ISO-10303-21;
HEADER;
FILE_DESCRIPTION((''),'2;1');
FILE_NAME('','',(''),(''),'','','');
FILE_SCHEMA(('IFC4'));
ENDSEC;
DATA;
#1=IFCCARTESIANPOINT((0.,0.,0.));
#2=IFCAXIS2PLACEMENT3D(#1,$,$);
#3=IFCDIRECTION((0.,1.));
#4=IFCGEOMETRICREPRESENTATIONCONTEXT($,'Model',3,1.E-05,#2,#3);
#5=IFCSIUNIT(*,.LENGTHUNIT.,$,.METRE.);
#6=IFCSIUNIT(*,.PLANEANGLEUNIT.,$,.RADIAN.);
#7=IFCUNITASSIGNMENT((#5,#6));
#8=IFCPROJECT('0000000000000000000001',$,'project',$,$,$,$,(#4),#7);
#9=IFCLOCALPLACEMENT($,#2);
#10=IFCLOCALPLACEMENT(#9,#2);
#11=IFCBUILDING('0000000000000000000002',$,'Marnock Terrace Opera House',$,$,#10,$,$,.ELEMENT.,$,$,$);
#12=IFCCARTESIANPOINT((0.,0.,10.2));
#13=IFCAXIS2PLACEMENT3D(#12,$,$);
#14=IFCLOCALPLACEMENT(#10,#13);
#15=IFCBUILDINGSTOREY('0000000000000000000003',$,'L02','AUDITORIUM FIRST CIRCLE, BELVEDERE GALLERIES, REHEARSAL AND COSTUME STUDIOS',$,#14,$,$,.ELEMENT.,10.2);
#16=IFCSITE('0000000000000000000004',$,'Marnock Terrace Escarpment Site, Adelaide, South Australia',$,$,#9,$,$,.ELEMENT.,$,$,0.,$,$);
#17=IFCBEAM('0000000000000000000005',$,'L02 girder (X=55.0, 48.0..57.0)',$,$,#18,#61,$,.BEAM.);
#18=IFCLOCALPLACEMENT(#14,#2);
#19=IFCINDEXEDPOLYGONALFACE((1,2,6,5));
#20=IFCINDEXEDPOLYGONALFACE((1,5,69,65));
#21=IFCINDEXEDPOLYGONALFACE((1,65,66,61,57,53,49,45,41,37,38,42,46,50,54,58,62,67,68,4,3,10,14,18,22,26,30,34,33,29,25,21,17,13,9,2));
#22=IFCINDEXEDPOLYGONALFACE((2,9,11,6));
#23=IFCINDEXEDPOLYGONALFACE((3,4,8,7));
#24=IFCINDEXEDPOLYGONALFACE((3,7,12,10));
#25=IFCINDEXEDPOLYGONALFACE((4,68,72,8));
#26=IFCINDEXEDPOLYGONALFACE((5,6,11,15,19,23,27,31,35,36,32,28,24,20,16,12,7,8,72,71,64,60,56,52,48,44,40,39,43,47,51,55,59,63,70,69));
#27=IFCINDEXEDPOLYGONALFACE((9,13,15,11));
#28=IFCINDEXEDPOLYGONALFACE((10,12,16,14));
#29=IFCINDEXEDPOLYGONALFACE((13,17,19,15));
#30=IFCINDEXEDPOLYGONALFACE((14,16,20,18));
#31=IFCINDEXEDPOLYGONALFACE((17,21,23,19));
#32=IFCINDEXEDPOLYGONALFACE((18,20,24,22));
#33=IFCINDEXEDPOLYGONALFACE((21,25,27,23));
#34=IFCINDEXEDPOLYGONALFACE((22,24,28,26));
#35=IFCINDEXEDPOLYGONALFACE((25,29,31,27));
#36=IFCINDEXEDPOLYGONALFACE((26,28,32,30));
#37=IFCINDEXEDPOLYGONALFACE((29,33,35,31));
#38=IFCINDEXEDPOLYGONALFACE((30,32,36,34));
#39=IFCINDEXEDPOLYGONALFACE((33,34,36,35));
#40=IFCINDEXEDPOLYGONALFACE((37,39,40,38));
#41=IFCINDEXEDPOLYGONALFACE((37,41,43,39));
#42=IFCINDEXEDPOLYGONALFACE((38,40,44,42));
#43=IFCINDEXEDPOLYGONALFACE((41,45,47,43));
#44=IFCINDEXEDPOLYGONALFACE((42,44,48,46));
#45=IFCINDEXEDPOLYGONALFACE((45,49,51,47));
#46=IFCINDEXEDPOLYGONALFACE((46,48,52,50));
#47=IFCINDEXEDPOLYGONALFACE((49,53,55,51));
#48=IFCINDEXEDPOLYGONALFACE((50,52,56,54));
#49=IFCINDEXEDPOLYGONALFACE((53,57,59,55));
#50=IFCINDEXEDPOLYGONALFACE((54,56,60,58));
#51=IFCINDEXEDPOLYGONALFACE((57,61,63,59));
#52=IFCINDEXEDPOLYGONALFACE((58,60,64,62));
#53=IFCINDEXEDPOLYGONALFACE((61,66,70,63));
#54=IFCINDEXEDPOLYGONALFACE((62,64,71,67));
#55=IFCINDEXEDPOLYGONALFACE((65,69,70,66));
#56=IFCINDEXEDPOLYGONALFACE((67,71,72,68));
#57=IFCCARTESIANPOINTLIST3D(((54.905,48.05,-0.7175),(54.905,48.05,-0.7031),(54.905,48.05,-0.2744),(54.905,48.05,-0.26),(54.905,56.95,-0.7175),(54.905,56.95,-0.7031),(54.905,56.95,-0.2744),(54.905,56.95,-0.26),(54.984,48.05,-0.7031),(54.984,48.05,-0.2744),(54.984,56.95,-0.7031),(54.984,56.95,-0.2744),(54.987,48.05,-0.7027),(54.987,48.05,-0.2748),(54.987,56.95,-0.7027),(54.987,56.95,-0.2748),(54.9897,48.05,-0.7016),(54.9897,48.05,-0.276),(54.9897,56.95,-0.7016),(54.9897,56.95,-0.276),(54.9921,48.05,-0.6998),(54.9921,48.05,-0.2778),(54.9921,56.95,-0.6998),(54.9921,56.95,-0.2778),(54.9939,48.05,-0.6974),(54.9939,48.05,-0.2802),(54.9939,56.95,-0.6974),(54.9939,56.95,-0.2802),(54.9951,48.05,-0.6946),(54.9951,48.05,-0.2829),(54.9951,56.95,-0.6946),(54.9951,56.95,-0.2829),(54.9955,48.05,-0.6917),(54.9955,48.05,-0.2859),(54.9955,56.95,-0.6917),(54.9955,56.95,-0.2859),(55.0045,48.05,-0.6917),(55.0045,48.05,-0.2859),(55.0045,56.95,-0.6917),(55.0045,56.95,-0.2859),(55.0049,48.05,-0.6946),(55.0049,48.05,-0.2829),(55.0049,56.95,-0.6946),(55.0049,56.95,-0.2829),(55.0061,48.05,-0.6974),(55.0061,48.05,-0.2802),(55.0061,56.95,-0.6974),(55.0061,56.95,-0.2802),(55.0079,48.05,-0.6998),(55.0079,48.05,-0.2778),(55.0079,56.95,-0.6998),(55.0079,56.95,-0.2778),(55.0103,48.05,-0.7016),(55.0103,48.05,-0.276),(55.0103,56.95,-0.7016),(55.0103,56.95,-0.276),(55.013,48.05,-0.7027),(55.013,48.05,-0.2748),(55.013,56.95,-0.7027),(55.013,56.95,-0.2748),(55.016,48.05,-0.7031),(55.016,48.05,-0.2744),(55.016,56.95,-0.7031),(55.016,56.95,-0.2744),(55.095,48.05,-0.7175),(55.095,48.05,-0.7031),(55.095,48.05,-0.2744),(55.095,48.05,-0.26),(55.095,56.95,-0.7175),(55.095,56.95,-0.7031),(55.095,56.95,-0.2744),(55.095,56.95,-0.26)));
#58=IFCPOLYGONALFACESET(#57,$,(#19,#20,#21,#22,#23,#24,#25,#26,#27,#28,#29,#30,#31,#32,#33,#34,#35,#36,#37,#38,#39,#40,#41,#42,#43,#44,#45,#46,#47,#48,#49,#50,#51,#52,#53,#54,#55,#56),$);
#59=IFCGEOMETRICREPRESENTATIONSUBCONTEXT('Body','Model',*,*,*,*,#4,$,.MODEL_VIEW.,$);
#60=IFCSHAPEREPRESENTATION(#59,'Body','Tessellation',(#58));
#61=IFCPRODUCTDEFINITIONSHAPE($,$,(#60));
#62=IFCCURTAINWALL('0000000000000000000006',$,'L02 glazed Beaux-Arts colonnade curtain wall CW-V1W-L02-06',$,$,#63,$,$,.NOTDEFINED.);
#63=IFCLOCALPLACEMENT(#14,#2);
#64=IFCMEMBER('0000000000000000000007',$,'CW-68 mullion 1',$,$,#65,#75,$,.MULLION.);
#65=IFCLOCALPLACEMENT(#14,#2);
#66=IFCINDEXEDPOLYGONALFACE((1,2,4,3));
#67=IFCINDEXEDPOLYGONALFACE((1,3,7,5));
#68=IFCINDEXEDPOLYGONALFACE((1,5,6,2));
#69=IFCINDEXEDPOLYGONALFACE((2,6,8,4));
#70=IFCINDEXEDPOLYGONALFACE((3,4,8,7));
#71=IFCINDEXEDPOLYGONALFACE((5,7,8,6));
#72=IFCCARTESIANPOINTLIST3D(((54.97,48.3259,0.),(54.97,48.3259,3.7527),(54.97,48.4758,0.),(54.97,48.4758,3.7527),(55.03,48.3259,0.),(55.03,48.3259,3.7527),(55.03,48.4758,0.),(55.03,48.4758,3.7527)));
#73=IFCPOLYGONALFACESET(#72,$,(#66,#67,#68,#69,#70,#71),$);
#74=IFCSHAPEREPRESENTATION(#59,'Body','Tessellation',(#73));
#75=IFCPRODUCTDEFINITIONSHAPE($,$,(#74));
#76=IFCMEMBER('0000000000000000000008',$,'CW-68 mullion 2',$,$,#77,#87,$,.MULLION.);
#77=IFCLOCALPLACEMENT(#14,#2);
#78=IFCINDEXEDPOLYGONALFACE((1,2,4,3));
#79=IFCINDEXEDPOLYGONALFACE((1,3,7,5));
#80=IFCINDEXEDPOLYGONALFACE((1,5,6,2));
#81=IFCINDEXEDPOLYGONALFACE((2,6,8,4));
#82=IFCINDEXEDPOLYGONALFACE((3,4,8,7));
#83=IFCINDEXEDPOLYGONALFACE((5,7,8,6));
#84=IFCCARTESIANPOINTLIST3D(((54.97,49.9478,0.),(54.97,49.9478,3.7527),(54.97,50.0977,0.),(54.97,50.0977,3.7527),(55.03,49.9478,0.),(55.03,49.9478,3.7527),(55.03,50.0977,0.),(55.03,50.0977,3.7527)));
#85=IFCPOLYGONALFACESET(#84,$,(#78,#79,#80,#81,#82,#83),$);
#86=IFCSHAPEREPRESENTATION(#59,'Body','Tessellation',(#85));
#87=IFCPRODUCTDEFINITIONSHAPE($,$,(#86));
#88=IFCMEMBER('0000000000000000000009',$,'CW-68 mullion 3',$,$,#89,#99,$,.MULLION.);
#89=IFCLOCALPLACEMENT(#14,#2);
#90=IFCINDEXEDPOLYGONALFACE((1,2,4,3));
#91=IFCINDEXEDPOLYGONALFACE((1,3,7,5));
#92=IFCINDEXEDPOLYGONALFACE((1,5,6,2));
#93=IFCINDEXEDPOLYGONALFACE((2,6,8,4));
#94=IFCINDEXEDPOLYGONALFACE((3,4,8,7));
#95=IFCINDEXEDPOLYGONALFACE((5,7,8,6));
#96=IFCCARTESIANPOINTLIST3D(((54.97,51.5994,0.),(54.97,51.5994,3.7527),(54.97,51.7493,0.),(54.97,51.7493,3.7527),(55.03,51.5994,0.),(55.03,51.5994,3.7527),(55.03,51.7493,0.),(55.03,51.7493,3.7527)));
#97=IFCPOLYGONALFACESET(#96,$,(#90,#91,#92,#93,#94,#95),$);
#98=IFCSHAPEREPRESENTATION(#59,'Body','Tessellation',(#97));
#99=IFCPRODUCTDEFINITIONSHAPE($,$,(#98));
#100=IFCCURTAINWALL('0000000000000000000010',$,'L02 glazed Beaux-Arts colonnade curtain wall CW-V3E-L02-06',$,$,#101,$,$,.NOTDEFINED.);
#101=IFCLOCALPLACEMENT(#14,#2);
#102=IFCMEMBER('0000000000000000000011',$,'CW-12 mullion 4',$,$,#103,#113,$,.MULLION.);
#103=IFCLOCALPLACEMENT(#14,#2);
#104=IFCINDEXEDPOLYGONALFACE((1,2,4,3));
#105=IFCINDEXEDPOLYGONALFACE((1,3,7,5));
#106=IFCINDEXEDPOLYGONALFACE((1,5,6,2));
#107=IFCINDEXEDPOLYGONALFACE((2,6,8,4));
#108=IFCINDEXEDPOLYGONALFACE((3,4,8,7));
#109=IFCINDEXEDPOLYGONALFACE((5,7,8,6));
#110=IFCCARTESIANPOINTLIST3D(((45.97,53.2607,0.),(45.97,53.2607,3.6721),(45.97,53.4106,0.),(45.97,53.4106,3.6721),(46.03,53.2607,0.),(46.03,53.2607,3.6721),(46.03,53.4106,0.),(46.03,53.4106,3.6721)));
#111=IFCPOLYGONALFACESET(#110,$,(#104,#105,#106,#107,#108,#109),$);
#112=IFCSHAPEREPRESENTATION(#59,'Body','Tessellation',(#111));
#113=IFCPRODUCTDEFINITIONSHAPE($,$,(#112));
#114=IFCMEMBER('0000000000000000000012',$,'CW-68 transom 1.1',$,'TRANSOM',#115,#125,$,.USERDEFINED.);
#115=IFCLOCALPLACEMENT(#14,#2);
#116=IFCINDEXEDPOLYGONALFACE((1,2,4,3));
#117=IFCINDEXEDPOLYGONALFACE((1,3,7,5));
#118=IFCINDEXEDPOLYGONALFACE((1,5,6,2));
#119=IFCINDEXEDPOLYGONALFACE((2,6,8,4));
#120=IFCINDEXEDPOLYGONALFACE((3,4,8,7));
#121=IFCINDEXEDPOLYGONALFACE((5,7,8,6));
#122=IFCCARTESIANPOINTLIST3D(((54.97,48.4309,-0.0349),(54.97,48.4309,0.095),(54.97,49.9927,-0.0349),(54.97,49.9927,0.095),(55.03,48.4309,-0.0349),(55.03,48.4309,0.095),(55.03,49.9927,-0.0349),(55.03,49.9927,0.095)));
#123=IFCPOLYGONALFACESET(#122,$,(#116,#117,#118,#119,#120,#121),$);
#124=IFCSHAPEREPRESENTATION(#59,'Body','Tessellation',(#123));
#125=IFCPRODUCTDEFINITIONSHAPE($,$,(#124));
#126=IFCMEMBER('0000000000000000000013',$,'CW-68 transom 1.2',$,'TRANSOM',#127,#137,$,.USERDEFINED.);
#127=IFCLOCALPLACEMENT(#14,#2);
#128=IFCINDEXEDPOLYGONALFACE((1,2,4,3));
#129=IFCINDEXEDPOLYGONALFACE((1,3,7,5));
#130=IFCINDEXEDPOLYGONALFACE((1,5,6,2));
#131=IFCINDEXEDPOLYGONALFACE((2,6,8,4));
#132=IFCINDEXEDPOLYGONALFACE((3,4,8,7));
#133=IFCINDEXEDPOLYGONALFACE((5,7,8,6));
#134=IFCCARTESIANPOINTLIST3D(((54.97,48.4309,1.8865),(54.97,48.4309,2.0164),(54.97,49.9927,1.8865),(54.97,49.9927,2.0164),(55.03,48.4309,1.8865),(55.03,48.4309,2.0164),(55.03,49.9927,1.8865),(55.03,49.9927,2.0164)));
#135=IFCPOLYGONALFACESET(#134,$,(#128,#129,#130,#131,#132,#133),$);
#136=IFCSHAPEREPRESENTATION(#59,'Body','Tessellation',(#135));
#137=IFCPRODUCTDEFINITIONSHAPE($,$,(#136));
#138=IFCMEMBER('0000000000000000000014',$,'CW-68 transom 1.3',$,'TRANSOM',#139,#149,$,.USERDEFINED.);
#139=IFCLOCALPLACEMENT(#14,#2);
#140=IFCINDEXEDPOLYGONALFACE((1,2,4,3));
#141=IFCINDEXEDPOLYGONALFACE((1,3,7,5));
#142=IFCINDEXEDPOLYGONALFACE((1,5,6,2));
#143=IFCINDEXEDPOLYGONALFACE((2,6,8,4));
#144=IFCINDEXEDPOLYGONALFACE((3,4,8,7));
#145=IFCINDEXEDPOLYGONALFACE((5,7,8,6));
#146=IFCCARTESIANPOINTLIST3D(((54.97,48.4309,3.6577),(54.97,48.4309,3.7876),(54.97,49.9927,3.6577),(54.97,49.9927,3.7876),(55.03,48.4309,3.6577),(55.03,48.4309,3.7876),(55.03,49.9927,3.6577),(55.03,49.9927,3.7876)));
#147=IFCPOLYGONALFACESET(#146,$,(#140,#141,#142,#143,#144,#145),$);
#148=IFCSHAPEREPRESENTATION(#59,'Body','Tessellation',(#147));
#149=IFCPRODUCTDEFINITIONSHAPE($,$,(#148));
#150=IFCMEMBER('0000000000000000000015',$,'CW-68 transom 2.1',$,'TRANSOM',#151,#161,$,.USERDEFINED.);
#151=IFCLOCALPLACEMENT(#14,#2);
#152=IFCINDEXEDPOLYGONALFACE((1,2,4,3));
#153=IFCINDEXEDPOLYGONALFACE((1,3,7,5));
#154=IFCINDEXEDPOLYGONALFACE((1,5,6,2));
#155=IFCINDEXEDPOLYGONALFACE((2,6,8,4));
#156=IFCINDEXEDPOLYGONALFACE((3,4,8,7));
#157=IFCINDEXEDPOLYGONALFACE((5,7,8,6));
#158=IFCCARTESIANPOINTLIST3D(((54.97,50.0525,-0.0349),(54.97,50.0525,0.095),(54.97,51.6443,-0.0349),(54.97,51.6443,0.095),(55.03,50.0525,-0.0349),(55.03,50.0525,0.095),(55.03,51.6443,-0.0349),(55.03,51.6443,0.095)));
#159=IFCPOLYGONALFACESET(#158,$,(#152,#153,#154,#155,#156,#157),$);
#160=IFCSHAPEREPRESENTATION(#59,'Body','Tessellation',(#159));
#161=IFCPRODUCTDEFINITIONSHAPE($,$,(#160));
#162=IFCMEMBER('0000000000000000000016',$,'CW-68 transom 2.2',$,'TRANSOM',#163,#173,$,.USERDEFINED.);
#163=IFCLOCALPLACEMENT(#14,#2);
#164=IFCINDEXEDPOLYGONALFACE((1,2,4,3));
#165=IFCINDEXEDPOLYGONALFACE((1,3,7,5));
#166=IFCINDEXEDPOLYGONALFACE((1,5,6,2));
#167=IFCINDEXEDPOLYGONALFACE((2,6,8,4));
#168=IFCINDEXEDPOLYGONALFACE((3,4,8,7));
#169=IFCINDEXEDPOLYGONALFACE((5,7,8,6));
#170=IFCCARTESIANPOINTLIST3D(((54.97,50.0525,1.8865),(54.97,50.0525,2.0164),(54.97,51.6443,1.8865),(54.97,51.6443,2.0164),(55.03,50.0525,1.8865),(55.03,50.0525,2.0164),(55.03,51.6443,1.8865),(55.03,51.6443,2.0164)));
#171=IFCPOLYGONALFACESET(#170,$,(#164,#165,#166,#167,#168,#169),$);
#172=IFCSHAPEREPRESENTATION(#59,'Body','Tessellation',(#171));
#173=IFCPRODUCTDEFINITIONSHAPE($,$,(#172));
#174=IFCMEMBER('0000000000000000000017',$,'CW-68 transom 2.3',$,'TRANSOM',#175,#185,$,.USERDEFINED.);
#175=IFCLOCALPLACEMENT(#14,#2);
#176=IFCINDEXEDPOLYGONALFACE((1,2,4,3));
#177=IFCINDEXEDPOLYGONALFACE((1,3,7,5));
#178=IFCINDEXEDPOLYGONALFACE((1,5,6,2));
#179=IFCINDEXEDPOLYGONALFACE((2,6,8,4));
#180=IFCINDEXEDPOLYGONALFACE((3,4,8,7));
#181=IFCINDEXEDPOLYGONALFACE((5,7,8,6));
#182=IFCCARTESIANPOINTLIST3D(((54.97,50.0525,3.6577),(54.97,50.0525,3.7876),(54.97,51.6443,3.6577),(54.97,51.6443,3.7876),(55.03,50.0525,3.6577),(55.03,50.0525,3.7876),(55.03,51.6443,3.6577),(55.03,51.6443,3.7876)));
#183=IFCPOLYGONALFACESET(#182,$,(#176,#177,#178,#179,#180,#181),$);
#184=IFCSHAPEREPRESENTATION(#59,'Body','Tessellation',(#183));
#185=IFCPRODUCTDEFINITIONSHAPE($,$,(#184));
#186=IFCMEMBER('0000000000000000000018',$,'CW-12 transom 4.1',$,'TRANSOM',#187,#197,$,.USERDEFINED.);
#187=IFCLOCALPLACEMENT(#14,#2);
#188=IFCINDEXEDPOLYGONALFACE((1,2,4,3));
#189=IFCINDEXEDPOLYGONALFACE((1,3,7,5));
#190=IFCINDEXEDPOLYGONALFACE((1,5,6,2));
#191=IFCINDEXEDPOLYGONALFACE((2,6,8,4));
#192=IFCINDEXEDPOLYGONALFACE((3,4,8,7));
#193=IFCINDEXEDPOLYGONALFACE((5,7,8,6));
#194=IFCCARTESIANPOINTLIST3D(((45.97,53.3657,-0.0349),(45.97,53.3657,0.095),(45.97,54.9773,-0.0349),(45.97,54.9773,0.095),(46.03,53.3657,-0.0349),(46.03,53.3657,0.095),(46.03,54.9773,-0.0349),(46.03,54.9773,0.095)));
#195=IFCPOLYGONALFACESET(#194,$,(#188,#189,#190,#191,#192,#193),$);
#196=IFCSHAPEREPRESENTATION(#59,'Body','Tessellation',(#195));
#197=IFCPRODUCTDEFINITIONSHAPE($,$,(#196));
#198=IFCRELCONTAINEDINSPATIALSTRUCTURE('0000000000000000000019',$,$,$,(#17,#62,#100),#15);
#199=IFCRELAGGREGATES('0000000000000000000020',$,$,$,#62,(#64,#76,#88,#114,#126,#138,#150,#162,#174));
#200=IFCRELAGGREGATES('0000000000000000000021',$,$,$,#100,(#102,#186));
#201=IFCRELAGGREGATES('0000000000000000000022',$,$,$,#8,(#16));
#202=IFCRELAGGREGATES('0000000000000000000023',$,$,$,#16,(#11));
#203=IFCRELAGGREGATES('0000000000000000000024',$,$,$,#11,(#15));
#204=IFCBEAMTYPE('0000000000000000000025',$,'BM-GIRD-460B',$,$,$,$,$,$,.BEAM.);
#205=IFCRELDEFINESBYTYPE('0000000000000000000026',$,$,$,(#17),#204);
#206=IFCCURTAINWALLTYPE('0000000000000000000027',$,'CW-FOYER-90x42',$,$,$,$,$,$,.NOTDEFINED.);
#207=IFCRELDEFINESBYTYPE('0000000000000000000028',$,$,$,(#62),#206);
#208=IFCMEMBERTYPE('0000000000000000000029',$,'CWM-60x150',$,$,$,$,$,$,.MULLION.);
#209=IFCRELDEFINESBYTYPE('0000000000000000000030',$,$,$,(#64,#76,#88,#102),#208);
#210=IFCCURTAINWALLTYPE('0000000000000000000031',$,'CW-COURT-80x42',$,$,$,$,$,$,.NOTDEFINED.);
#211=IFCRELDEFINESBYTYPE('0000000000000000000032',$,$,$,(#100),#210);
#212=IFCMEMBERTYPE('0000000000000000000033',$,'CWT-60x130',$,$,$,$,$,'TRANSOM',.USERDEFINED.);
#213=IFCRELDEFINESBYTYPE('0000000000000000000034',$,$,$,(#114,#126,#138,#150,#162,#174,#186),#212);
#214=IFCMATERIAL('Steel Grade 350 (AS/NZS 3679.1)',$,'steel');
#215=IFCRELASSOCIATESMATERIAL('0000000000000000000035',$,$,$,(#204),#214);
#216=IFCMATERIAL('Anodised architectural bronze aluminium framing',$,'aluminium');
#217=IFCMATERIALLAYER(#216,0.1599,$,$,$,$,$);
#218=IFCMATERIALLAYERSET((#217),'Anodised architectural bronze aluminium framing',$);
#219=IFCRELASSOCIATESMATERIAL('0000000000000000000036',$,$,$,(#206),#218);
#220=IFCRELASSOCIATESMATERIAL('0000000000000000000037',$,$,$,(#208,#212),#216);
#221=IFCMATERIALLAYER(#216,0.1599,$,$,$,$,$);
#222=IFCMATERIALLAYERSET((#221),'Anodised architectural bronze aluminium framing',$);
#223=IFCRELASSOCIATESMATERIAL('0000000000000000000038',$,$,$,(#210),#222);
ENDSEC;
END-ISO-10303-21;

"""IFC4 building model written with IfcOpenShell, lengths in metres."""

from ifc_helpers import new_model, si_unit, direction, frame, origin, origin_2d, place, context, subcontext, project, spatial, rectangle, i_section, extrude, material, layer, layer_set, material_profile, profile_set, type_object, element, aggregate, save


model = new_model("IFC4")

# Units and contexts
model_context = context("Model", 3, precision=1e-05, world=origin(), true_north=direction((0.0, 1.0)))
body_context = subcontext(model_context, "Body", "Model", "MODEL_VIEW")
ifc_project = project(units=[si_unit("LENGTHUNIT", "METRE"), si_unit("PLANEANGLEUNIT", "RADIAN")], contexts=[model_context])

# Site, building, storey
site_placement = place(None, origin())
site = spatial("IfcSite", under=ifc_project, at=site_placement, Name="Marnock Terrace Escarpment Site, Adelaide, South Australia", CompositionType="ELEMENT", RefElevation=0.0)
building_placement = place(site_placement, origin())
building = spatial("IfcBuilding", under=site, at=building_placement, Name="Marnock Terrace Opera House", CompositionType="ELEMENT")
storey_placement = place(building_placement, frame((0.0, 0.0, 10.2)))
storey = spatial("IfcBuildingStorey", under=building, at=storey_placement, Name="L02", Description="AUDITORIUM FIRST CIRCLE, BELVEDERE GALLERIES, REHEARSAL AND COSTUME STUDIOS", CompositionType="ELEMENT", Elevation=10.2)

# Beam
ifc_material_1 = material(Name="Steel Grade 350 (AS/NZS 3679.1)", Category="steel")
ifc_material_profile_1 = material_profile(ifc_material_1, i_section(OverallWidth=0.1899, OverallDepth=0.4575, WebThickness=0.009, FlangeThickness=0.0144, FilletRadius=0.0115, at=origin_2d()))
ifc_profile_set_1 = profile_set([ifc_material_profile_1], Name="Steel Grade 350 (AS/NZS 3679.1)")
beam_type = type_object("IfcBeamType", Name="BM-GIRD-460B", PredefinedType="BEAM", material=ifc_profile_set_1)
beam_placement = place(storey_placement, frame((55.0, 48.05, -0.4888), z_axis=(0.0, 1.0, 0.0), x_axis=(-1.0, 0.0, 0.0)))
element("IfcBeam", 1, at=beam_placement, inside=storey, type_object=beam_type, Name="L02 girder (X=55.0, 48.0..57.0)", PredefinedType="BEAM", context=body_context, shape_type="SweptSolid", body=[
    extrude(i_section(OverallWidth=0.1899, OverallDepth=0.4575, WebThickness=0.009, FlangeThickness=0.0144, FilletRadius=0.0115, at=origin_2d()), origin(), (0.0, 0.0, 1.0), 8.8999),
])

# Curtain wall, members
ifc_material_2 = material(Name="Anodised architectural bronze aluminium framing", Category="aluminium")
ifc_layer_1 = layer(ifc_material_2, 0.1599)
ifc_layer_set_1 = layer_set([ifc_layer_1], Name="Anodised architectural bronze aluminium framing")
curtain_wall_type_1 = type_object("IfcCurtainWallType", Name="CW-FOYER-90x42", PredefinedType="NOTDEFINED", material=ifc_layer_set_1)
curtain_wall_1_placement = place(storey_placement, origin())
curtain_wall_1 = element("IfcCurtainWall", 2, at=curtain_wall_1_placement, inside=storey, type_object=curtain_wall_type_1, Name="L02 glazed Beaux-Arts colonnade curtain wall CW-V1W-L02-06", PredefinedType="NOTDEFINED")
ifc_material_profile_2 = material_profile(ifc_material_2, rectangle(XDim=0.0601, YDim=0.1499, at=origin_2d()))
ifc_profile_set_2 = profile_set([ifc_material_profile_2], Name="Anodised architectural bronze aluminium framing")
member_type_1 = type_object("IfcMemberType", Name="CWM-60x150", PredefinedType="MULLION", material=ifc_profile_set_2)
member_1_placement = place(storey_placement, frame((55.0, 48.4009, 0.0), z_axis=(0.0, 0.0, 1.0), x_axis=(-1.0, 0.0, 0.0)))
member_1 = element("IfcMember", 3, at=member_1_placement, type_object=member_type_1, Name="CW-68 mullion 1", PredefinedType="MULLION", context=body_context, shape_type="SweptSolid", body=[
    extrude(rectangle(XDim=0.0601, YDim=0.1499, at=origin_2d()), origin(), (0.0, 0.0, 1.0), 3.7527),
])
member_2_placement = place(storey_placement, frame((55.0, 50.0227, 0.0), z_axis=(0.0, 0.0, 1.0), x_axis=(-1.0, 0.0, 0.0)))
member_2 = element("IfcMember", 4, at=member_2_placement, type_object=member_type_1, Name="CW-68 mullion 2", PredefinedType="MULLION", context=body_context, shape_type="SweptSolid", body=[
    extrude(rectangle(XDim=0.0601, YDim=0.1499, at=origin_2d()), origin(), (0.0, 0.0, 1.0), 3.7527),
])
member_3_placement = place(storey_placement, frame((55.0, 51.6743, 0.0), z_axis=(0.0, 0.0, 1.0), x_axis=(-1.0, 0.0, 0.0)))
member_3 = element("IfcMember", 5, at=member_3_placement, type_object=member_type_1, Name="CW-68 mullion 3", PredefinedType="MULLION", context=body_context, shape_type="SweptSolid", body=[
    extrude(rectangle(XDim=0.0601, YDim=0.1499, at=origin_2d()), origin(), (0.0, 0.0, 1.0), 3.7527),
])

# Curtain wall, member
ifc_layer_2 = layer(ifc_material_2, 0.1599)
ifc_layer_set_2 = layer_set([ifc_layer_2], Name="Anodised architectural bronze aluminium framing")
curtain_wall_type_2 = type_object("IfcCurtainWallType", Name="CW-COURT-80x42", PredefinedType="NOTDEFINED", material=ifc_layer_set_2)
curtain_wall_2_placement = place(storey_placement, origin())
curtain_wall_2 = element("IfcCurtainWall", 6, at=curtain_wall_2_placement, inside=storey, type_object=curtain_wall_type_2, Name="L02 glazed Beaux-Arts colonnade curtain wall CW-V3E-L02-06", PredefinedType="NOTDEFINED")
member_4_placement = place(storey_placement, frame((46.0, 53.3357, 0.0), z_axis=(0.0, 0.0, 1.0), x_axis=(-1.0, 0.0, 0.0)))
member_4 = element("IfcMember", 7, at=member_4_placement, type_object=member_type_1, Name="CW-12 mullion 4", PredefinedType="MULLION", context=body_context, shape_type="SweptSolid", body=[
    extrude(rectangle(XDim=0.0601, YDim=0.1499, at=origin_2d()), origin(), (0.0, 0.0, 1.0), 3.6721),
])

# Members
ifc_material_profile_3 = material_profile(ifc_material_2, rectangle(XDim=0.0601, YDim=0.1299, at=origin_2d()))
ifc_profile_set_3 = profile_set([ifc_material_profile_3], Name="Anodised architectural bronze aluminium framing")
member_type_2 = type_object("IfcMemberType", Name="CWT-60x130", ElementType="TRANSOM", PredefinedType="USERDEFINED", material=ifc_profile_set_3)
member_5_placement = place(storey_placement, frame((55.0, 48.4309, 0.03), z_axis=(0.0, 1.0, 0.0), x_axis=(-1.0, 0.0, 0.0)))
member_5 = element("IfcMember", 8, at=member_5_placement, type_object=member_type_2, Name="CW-68 transom 1.1", ObjectType="TRANSOM", PredefinedType="USERDEFINED", context=body_context, shape_type="SweptSolid", body=[
    extrude(rectangle(XDim=0.0601, YDim=0.1299, at=origin_2d()), origin(), (0.0, 0.0, 1.0), 1.5618),
])
member_6_placement = place(storey_placement, frame((55.0, 48.4309, 1.9514), z_axis=(0.0, 1.0, 0.0), x_axis=(-1.0, 0.0, 0.0)))
member_6 = element("IfcMember", 9, at=member_6_placement, type_object=member_type_2, Name="CW-68 transom 1.2", ObjectType="TRANSOM", PredefinedType="USERDEFINED", context=body_context, shape_type="SweptSolid", body=[
    extrude(rectangle(XDim=0.0601, YDim=0.1299, at=origin_2d()), origin(), (0.0, 0.0, 1.0), 1.5618),
])
member_7_placement = place(storey_placement, frame((55.0, 48.4309, 3.7227), z_axis=(0.0, 1.0, 0.0), x_axis=(-1.0, 0.0, 0.0)))
member_7 = element("IfcMember", 10, at=member_7_placement, type_object=member_type_2, Name="CW-68 transom 1.3", ObjectType="TRANSOM", PredefinedType="USERDEFINED", context=body_context, shape_type="SweptSolid", body=[
    extrude(rectangle(XDim=0.0601, YDim=0.1299, at=origin_2d()), origin(), (0.0, 0.0, 1.0), 1.5618),
])
member_8_placement = place(storey_placement, frame((55.0, 50.0525, 0.03), z_axis=(0.0, 1.0, 0.0), x_axis=(-1.0, 0.0, 0.0)))
member_8 = element("IfcMember", 11, at=member_8_placement, type_object=member_type_2, Name="CW-68 transom 2.1", ObjectType="TRANSOM", PredefinedType="USERDEFINED", context=body_context, shape_type="SweptSolid", body=[
    extrude(rectangle(XDim=0.0601, YDim=0.1299, at=origin_2d()), origin(), (0.0, 0.0, 1.0), 1.5918),
])
member_9_placement = place(storey_placement, frame((55.0, 50.0525, 1.9514), z_axis=(0.0, 1.0, 0.0), x_axis=(-1.0, 0.0, 0.0)))
member_9 = element("IfcMember", 12, at=member_9_placement, type_object=member_type_2, Name="CW-68 transom 2.2", ObjectType="TRANSOM", PredefinedType="USERDEFINED", context=body_context, shape_type="SweptSolid", body=[
    extrude(rectangle(XDim=0.0601, YDim=0.1299, at=origin_2d()), origin(), (0.0, 0.0, 1.0), 1.5918),
])
member_10_placement = place(storey_placement, frame((55.0, 50.0525, 3.7227), z_axis=(0.0, 1.0, 0.0), x_axis=(-1.0, 0.0, 0.0)))
member_10 = element("IfcMember", 13, at=member_10_placement, type_object=member_type_2, Name="CW-68 transom 2.3", ObjectType="TRANSOM", PredefinedType="USERDEFINED", context=body_context, shape_type="SweptSolid", body=[
    extrude(rectangle(XDim=0.0601, YDim=0.1299, at=origin_2d()), origin(), (0.0, 0.0, 1.0), 1.5918),
])
member_11_placement = place(storey_placement, frame((46.0, 53.3657, 0.03), z_axis=(0.0, 1.0, 0.0), x_axis=(-1.0, 0.0, 0.0)))
member_11 = element("IfcMember", 14, at=member_11_placement, type_object=member_type_2, Name="CW-12 transom 4.1", ObjectType="TRANSOM", PredefinedType="USERDEFINED", context=body_context, shape_type="SweptSolid", body=[
    extrude(rectangle(XDim=0.0601, YDim=0.1299, at=origin_2d()), origin(), (0.0, 0.0, 1.0), 1.6116),
])

aggregate(curtain_wall_1, [member_1, member_2, member_3, member_5, member_6, member_7, member_8, member_9, member_10])
aggregate(curtain_wall_2, [member_4, member_11])

save(model, "model.ifc")
